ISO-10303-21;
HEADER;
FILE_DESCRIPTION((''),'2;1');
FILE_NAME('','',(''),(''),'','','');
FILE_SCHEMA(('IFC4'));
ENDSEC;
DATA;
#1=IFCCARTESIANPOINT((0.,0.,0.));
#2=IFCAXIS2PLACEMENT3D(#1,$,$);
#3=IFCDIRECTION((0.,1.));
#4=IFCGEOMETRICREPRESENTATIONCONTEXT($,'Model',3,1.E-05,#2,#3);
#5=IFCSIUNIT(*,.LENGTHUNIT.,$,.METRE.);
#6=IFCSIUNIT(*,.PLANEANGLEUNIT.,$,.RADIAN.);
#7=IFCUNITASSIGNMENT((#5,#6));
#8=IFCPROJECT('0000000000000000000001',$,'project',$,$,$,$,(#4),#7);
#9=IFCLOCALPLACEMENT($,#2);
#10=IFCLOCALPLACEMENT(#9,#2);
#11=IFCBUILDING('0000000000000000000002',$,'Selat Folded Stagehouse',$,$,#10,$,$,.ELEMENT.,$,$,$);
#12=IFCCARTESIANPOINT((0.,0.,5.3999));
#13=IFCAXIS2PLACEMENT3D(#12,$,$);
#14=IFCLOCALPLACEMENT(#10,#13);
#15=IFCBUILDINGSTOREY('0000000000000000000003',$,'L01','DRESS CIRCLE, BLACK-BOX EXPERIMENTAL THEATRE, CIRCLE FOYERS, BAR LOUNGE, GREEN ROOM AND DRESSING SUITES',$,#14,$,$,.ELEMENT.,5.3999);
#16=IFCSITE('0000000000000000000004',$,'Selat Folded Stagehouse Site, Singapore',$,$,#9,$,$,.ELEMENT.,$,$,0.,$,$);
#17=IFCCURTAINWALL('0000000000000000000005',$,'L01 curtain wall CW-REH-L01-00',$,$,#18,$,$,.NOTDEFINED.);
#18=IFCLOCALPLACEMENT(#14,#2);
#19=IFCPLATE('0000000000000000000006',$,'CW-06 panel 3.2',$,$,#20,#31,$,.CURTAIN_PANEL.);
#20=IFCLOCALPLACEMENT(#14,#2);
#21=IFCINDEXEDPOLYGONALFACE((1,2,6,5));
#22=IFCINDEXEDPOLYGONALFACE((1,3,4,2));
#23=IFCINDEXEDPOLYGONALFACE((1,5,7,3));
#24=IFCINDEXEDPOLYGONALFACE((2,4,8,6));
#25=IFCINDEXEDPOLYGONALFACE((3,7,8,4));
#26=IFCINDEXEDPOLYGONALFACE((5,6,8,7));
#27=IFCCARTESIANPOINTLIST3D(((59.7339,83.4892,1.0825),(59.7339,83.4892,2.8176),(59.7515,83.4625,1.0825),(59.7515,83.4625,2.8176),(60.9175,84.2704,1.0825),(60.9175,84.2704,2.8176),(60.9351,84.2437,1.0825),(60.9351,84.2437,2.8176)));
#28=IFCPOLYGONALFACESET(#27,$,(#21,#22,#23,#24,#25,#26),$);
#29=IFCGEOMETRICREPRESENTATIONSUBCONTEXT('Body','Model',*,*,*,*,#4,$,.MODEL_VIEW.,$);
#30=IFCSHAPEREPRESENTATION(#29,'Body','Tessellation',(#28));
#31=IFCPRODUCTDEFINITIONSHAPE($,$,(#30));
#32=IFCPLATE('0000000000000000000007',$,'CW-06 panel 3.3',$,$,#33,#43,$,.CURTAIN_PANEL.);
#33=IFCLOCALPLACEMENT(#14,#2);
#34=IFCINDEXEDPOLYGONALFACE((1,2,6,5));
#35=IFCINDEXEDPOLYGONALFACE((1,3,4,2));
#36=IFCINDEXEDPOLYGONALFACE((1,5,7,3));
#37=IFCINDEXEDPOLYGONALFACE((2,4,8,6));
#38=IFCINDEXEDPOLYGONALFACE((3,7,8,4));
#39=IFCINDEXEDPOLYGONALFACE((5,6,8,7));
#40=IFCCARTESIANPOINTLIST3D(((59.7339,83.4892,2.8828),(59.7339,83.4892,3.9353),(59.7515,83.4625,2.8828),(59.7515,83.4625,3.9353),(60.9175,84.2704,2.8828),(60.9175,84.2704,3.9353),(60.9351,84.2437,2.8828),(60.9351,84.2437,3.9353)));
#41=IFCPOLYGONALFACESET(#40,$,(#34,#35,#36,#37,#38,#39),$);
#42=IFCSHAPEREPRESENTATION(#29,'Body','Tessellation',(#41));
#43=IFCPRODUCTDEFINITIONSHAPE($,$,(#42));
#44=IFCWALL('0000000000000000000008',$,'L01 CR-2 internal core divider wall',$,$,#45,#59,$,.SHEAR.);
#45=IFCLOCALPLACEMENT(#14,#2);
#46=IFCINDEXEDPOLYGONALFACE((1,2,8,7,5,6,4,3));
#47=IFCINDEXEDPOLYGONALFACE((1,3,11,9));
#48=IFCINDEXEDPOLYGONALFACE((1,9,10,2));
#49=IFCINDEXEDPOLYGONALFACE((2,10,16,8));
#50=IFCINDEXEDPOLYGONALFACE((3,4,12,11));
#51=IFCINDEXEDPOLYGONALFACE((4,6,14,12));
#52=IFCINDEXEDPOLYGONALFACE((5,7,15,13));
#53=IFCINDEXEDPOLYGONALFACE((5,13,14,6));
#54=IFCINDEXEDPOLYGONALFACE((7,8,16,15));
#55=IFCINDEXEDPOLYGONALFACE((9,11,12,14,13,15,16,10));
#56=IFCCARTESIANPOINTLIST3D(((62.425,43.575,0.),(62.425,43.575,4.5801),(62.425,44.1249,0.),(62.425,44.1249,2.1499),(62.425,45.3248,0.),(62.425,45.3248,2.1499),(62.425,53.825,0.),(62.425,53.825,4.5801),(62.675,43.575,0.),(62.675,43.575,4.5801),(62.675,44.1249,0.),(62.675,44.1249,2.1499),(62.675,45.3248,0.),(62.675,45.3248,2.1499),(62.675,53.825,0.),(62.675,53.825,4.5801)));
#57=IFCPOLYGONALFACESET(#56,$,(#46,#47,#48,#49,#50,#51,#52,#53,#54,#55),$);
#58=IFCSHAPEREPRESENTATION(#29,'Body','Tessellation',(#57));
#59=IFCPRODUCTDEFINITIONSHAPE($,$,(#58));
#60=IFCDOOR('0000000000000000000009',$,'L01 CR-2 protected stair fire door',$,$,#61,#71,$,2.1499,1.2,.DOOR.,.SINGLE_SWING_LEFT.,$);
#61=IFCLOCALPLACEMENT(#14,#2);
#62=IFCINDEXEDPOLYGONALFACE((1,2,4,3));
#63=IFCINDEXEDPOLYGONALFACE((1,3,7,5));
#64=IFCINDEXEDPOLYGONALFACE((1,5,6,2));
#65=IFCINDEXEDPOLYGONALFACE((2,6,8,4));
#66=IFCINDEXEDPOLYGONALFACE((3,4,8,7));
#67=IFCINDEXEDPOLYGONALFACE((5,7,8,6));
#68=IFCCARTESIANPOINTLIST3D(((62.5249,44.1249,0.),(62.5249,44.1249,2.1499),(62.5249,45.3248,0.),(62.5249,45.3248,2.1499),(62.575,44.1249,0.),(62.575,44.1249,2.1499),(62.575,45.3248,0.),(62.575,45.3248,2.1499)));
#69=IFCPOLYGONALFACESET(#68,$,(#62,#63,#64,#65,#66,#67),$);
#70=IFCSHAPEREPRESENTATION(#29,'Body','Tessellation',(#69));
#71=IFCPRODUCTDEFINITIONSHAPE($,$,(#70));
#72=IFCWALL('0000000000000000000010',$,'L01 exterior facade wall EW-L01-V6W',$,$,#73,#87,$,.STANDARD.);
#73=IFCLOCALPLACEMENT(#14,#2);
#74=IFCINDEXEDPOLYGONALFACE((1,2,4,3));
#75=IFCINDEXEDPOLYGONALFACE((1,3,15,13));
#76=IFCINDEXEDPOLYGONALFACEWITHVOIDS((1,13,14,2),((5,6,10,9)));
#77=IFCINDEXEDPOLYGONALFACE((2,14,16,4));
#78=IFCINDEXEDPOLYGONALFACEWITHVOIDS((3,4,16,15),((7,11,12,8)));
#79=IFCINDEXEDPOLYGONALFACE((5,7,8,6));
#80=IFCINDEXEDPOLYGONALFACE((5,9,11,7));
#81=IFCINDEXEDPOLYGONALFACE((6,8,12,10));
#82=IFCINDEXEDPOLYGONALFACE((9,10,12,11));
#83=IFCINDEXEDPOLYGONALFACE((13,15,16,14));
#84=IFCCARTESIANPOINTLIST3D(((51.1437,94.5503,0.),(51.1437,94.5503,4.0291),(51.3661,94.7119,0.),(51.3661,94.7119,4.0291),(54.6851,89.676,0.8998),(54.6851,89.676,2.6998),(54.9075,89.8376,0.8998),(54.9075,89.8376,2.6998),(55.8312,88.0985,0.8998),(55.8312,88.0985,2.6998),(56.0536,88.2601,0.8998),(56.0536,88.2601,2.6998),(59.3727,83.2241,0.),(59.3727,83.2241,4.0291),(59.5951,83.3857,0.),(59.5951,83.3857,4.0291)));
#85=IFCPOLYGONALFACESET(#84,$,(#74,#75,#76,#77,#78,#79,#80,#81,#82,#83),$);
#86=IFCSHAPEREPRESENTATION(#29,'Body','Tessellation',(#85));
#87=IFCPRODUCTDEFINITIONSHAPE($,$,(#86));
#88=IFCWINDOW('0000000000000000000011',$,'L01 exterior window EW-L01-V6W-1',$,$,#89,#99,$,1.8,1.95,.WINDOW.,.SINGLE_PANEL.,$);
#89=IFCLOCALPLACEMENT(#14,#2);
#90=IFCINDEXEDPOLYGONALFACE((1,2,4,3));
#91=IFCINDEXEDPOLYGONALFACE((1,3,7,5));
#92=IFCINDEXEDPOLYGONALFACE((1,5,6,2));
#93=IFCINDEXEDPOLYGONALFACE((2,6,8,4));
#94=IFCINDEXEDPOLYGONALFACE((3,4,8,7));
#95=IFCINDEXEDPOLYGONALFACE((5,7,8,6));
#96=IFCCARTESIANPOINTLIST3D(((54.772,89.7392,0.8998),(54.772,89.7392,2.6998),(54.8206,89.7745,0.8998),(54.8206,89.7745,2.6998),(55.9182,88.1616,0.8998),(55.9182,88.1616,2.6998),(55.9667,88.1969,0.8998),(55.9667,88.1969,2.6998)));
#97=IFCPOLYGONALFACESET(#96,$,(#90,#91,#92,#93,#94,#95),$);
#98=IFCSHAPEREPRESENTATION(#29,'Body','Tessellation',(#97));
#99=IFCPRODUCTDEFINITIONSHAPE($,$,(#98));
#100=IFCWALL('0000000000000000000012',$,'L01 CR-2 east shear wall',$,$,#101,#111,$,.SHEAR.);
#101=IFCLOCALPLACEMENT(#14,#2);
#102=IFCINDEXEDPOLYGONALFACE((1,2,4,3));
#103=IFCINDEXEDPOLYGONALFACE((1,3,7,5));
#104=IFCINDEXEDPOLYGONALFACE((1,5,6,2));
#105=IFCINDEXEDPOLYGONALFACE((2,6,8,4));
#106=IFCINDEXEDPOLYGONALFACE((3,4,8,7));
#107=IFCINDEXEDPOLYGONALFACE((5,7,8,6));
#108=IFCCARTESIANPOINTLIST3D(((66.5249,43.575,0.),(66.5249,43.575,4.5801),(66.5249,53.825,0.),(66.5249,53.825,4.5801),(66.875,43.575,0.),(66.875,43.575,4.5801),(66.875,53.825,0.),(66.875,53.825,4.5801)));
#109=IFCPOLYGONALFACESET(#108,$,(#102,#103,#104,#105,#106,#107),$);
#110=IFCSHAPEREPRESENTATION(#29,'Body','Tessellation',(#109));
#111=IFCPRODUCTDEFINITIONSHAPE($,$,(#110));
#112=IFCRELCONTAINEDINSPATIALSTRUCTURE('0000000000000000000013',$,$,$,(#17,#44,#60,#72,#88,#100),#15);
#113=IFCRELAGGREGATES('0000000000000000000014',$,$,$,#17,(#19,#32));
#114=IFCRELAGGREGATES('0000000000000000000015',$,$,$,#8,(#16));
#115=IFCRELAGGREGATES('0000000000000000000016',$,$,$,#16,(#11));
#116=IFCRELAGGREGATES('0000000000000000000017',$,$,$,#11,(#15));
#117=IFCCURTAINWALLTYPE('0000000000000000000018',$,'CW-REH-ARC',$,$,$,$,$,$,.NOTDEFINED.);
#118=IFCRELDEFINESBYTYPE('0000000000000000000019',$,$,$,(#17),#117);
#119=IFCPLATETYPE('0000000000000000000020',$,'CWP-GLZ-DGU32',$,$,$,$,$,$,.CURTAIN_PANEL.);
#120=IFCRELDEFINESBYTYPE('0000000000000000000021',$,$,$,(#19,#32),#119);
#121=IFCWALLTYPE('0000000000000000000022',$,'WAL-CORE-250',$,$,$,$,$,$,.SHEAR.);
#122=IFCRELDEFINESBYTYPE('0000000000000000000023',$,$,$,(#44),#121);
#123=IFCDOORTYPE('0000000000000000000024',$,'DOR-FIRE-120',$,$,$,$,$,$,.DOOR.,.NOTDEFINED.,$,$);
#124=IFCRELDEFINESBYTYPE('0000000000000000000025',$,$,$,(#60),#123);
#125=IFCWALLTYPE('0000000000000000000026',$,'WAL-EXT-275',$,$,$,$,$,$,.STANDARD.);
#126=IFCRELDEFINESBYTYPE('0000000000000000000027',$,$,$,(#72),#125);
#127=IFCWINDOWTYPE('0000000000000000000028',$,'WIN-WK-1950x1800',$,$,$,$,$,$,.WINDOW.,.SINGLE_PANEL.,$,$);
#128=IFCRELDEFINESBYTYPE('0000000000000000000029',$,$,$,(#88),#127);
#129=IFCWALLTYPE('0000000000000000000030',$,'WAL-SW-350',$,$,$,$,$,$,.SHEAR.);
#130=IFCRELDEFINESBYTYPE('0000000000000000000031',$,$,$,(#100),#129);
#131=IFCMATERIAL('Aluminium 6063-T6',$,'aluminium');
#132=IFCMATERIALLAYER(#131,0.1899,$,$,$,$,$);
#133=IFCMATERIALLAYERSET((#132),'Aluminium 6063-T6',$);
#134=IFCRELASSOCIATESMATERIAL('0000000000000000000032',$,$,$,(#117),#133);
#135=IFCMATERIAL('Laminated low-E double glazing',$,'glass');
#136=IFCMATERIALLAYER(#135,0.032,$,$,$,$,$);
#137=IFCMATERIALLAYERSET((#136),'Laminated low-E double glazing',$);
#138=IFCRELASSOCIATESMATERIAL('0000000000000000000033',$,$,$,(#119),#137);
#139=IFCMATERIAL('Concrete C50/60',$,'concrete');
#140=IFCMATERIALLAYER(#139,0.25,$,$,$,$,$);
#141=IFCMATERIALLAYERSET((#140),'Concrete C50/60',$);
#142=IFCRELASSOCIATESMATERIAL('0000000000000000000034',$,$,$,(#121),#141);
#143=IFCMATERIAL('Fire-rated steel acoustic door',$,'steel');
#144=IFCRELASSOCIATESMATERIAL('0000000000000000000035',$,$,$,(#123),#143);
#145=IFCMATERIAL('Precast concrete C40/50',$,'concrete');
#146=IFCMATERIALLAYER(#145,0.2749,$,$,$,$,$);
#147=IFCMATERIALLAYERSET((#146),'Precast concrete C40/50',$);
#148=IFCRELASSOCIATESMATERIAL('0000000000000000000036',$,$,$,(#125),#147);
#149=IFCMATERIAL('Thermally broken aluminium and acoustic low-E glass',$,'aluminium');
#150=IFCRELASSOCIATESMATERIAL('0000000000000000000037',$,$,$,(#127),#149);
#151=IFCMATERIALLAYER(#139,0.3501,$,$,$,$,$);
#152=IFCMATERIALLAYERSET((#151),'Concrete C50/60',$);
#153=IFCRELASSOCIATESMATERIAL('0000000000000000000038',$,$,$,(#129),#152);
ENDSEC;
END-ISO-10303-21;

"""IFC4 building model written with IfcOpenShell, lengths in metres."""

from ifc_helpers import new_model, si_unit, direction, frame, frame_2d, origin, origin_2d, place, context, subcontext, project, spatial, rectangle, extrude, material, layer, layer_set, type_object, element, fill, aggregate, save


model = new_model("IFC4")

# Units and contexts
model_context = context("Model", 3, precision=1e-05, world=origin(), true_north=direction((0.0, 1.0)))
body_context = subcontext(model_context, "Body", "Model", "MODEL_VIEW")
ifc_project = project(units=[si_unit("LENGTHUNIT", "METRE"), si_unit("PLANEANGLEUNIT", "RADIAN")], contexts=[model_context])

# Site, building, storey
site_placement = place(None, origin())
site = spatial("IfcSite", under=ifc_project, at=site_placement, Name="Selat Folded Stagehouse Site, Singapore", CompositionType="ELEMENT", RefElevation=0.0)
building_placement = place(site_placement, origin())
building = spatial("IfcBuilding", under=site, at=building_placement, Name="Selat Folded Stagehouse", CompositionType="ELEMENT")
storey_placement = place(building_placement, frame((0.0, 0.0, 5.3999)))
storey = spatial("IfcBuildingStorey", under=building, at=storey_placement, Name="L01", Description="DRESS CIRCLE, BLACK-BOX EXPERIMENTAL THEATRE, CIRCLE FOYERS, BAR LOUNGE, GREEN ROOM AND DRESSING SUITES", CompositionType="ELEMENT", Elevation=5.3999)

# Curtain wall
ifc_material_1 = material(Name="Aluminium 6063-T6", Category="aluminium")
ifc_layer_1 = layer(ifc_material_1, 0.1899)
ifc_layer_set_1 = layer_set([ifc_layer_1], Name="Aluminium 6063-T6")
curtain_wall_type_1 = type_object("IfcCurtainWallType", Name="CW-REH-ARC", PredefinedType="NOTDEFINED", material=ifc_layer_set_1)
curtain_wall_1_placement = place(storey_placement, origin())
curtain_wall_1 = element("IfcCurtainWall", 1, at=curtain_wall_1_placement, inside=storey, type_object=curtain_wall_type_1, Name="L01 curtain wall CW-REH-L01-00", PredefinedType="NOTDEFINED")

# Plates
ifc_material_2 = material(Name="Laminated low-E double glazing", Category="glass")
ifc_layer_2 = layer(ifc_material_2, 0.032)
ifc_layer_set_2 = layer_set([ifc_layer_2], Name="Laminated low-E double glazing")
plate_type = type_object("IfcPlateType", Name="CWP-GLZ-DGU32", PredefinedType="CURTAIN_PANEL", material=ifc_layer_set_2)
plate_1_placement = place(storey_placement, frame((60.3345, 83.8665, 1.0825), z_axis=(0.0, 0.0, 1.0), x_axis=(-0.834581, -0.550885, 0.0)))
plate_1 = element("IfcPlate", 2, at=plate_1_placement, type_object=plate_type, Name="CW-06 panel 3.2", PredefinedType="CURTAIN_PANEL", context=body_context, shape_type="SweptSolid", body=[
    extrude(rectangle(XDim=1.4182, YDim=0.032, at=origin_2d()), origin(), (0.0, 0.0, 1.0), 1.7351),
])
plate_2_placement = place(storey_placement, frame((60.3345, 83.8665, 2.8828), z_axis=(0.0, 0.0, 1.0), x_axis=(-0.834581, -0.550885, 0.0)))
plate_2 = element("IfcPlate", 3, at=plate_2_placement, type_object=plate_type, Name="CW-06 panel 3.3", PredefinedType="CURTAIN_PANEL", context=body_context, shape_type="SweptSolid", body=[
    extrude(rectangle(XDim=1.4182, YDim=0.032, at=origin_2d()), origin(), (0.0, 0.0, 1.0), 1.0525),
])
aggregate(curtain_wall_1, [plate_1, plate_2])

# Wall, opening, door
ifc_material_3 = material(Name="Concrete C50/60", Category="concrete")
ifc_layer_3 = layer(ifc_material_3, 0.25)
ifc_layer_set_3 = layer_set([ifc_layer_3], Name="Concrete C50/60")
wall_type_1 = type_object("IfcWallType", Name="WAL-CORE-250", PredefinedType="SHEAR", material=ifc_layer_set_3)
wall_1_placement = place(storey_placement, frame((62.55, 53.825, 0.0), z_axis=(0.0, 0.0, 1.0), x_axis=(0.0, -1.0, 0.0)))
wall_1 = element("IfcWall", 4, at=wall_1_placement, inside=storey, type_object=wall_type_1, Name="L01 CR-2 internal core divider wall", PredefinedType="SHEAR", context=body_context, shape_type="SweptSolid", body=[
    extrude(rectangle(XDim=10.25, YDim=0.25, at=frame_2d((5.125, 0.0))), origin(), (0.0, 0.0, 1.0), 4.5801),
])
opening_1_placement = place(wall_1_placement, frame((8.5, 0.0, 0.0)))
opening_1 = element("IfcOpeningElement", 5, at=opening_1_placement, cuts=wall_1, PredefinedType="OPENING", context=body_context, shape_type="SweptSolid", body=[
    extrude(rectangle(XDim=1.2, YDim=2.1499, at=frame_2d((0.6001, 1.075))), frame((0.0, 0.135, 0.0), z_axis=(0.0, -1.0, 0.0), x_axis=(1.0, 0.0, 0.0)), (0.0, 0.0, 1.0), 0.27),
])
ifc_material_4 = material(Name="Fire-rated steel acoustic door", Category="steel")
door_type = type_object("IfcDoorType", Name="DOR-FIRE-120", OperationType="NOTDEFINED", PredefinedType="DOOR", material=ifc_material_4)
door_placement = place(opening_1_placement, origin())
door = element("IfcDoor", 6, at=door_placement, inside=storey, type_object=door_type, Name="L01 CR-2 protected stair fire door", OperationType="SINGLE_SWING_LEFT", OverallHeight=2.1499, OverallWidth=1.2, PredefinedType="DOOR", context=body_context, shape_type="SweptSolid", body=[
    extrude(rectangle(XDim=1.2, YDim=2.1499, at=frame_2d((0.6001, 1.075))), frame((0.0, 0.0249, 0.0), z_axis=(0.0, -1.0, 0.0), x_axis=(1.0, 0.0, 0.0)), (0.0, 0.0, 1.0), 0.05),
])
fill(opening_1, door)

# Wall, opening, window
ifc_material_5 = material(Name="Precast concrete C40/50", Category="concrete")
ifc_layer_4 = layer(ifc_material_5, 0.2749)
ifc_layer_set_4 = layer_set([ifc_layer_4], Name="Precast concrete C40/50")
wall_type_2 = type_object("IfcWallType", Name="WAL-EXT-275", PredefinedType="STANDARD", material=ifc_layer_set_4)
wall_2_placement = place(storey_placement, frame((59.4839, 83.3049, 0.0), z_axis=(0.0, 0.0, 1.0), x_axis=(-0.587788, 0.809015, 0.0)))
wall_2 = element("IfcWall", 7, at=wall_2_placement, inside=storey, type_object=wall_type_2, Name="L01 exterior facade wall EW-L01-V6W", PredefinedType="STANDARD", context=body_context, shape_type="SweptSolid", body=[
    extrude(rectangle(XDim=14.0, YDim=0.2749, at=frame_2d((7.0, 0.0))), origin(), (0.0, 0.0, 1.0), 4.0291),
])
opening_2_placement = place(wall_2_placement, frame((6.0249, 0.0, 0.8999)))
opening_2 = element("IfcOpeningElement", 8, at=opening_2_placement, cuts=wall_2, PredefinedType="OPENING", context=body_context, shape_type="SweptSolid", body=[
    extrude(rectangle(XDim=1.95, YDim=1.8, at=frame_2d((0.9751, 0.8999))), frame((0.0, 0.1475, 0.0), z_axis=(0.0, -1.0, 0.0), x_axis=(1.0, 0.0, 0.0)), (0.0, 0.0, 1.0), 0.2949),
])
ifc_material_6 = material(Name="Thermally broken aluminium and acoustic low-E glass", Category="aluminium")
window_type = type_object("IfcWindowType", Name="WIN-WK-1950x1800", PartitioningType="SINGLE_PANEL", PredefinedType="WINDOW", material=ifc_material_6)
window_placement = place(opening_2_placement, origin())
window = element("IfcWindow", 9, at=window_placement, inside=storey, type_object=window_type, Name="L01 exterior window EW-L01-V6W-1", OverallHeight=1.8, OverallWidth=1.95, PartitioningType="SINGLE_PANEL", PredefinedType="WINDOW", context=body_context, shape_type="SweptSolid", body=[
    extrude(rectangle(XDim=1.95, YDim=1.8, at=frame_2d((0.9751, 0.8999))), frame((0.0, 0.03, 0.0), z_axis=(0.0, -1.0, 0.0), x_axis=(1.0, 0.0, 0.0)), (0.0, 0.0, 1.0), 0.0601),
])
fill(opening_2, window)

# Wall
ifc_layer_5 = layer(ifc_material_3, 0.3501)
ifc_layer_set_5 = layer_set([ifc_layer_5], Name="Concrete C50/60")
wall_type_3 = type_object("IfcWallType", Name="WAL-SW-350", PredefinedType="SHEAR", material=ifc_layer_set_5)
wall_3_placement = place(storey_placement, frame((66.7, 53.825, 0.0), z_axis=(0.0, 0.0, 1.0), x_axis=(0.0, -1.0, 0.0)))
element("IfcWall", 10, at=wall_3_placement, inside=storey, type_object=wall_type_3, Name="L01 CR-2 east shear wall", PredefinedType="SHEAR", context=body_context, shape_type="SweptSolid", body=[
    extrude(rectangle(XDim=10.25, YDim=0.3501, at=frame_2d((5.125, 0.0))), origin(), (0.0, 0.0, 1.0), 4.5801),
])

save(model, "model.ifc")
